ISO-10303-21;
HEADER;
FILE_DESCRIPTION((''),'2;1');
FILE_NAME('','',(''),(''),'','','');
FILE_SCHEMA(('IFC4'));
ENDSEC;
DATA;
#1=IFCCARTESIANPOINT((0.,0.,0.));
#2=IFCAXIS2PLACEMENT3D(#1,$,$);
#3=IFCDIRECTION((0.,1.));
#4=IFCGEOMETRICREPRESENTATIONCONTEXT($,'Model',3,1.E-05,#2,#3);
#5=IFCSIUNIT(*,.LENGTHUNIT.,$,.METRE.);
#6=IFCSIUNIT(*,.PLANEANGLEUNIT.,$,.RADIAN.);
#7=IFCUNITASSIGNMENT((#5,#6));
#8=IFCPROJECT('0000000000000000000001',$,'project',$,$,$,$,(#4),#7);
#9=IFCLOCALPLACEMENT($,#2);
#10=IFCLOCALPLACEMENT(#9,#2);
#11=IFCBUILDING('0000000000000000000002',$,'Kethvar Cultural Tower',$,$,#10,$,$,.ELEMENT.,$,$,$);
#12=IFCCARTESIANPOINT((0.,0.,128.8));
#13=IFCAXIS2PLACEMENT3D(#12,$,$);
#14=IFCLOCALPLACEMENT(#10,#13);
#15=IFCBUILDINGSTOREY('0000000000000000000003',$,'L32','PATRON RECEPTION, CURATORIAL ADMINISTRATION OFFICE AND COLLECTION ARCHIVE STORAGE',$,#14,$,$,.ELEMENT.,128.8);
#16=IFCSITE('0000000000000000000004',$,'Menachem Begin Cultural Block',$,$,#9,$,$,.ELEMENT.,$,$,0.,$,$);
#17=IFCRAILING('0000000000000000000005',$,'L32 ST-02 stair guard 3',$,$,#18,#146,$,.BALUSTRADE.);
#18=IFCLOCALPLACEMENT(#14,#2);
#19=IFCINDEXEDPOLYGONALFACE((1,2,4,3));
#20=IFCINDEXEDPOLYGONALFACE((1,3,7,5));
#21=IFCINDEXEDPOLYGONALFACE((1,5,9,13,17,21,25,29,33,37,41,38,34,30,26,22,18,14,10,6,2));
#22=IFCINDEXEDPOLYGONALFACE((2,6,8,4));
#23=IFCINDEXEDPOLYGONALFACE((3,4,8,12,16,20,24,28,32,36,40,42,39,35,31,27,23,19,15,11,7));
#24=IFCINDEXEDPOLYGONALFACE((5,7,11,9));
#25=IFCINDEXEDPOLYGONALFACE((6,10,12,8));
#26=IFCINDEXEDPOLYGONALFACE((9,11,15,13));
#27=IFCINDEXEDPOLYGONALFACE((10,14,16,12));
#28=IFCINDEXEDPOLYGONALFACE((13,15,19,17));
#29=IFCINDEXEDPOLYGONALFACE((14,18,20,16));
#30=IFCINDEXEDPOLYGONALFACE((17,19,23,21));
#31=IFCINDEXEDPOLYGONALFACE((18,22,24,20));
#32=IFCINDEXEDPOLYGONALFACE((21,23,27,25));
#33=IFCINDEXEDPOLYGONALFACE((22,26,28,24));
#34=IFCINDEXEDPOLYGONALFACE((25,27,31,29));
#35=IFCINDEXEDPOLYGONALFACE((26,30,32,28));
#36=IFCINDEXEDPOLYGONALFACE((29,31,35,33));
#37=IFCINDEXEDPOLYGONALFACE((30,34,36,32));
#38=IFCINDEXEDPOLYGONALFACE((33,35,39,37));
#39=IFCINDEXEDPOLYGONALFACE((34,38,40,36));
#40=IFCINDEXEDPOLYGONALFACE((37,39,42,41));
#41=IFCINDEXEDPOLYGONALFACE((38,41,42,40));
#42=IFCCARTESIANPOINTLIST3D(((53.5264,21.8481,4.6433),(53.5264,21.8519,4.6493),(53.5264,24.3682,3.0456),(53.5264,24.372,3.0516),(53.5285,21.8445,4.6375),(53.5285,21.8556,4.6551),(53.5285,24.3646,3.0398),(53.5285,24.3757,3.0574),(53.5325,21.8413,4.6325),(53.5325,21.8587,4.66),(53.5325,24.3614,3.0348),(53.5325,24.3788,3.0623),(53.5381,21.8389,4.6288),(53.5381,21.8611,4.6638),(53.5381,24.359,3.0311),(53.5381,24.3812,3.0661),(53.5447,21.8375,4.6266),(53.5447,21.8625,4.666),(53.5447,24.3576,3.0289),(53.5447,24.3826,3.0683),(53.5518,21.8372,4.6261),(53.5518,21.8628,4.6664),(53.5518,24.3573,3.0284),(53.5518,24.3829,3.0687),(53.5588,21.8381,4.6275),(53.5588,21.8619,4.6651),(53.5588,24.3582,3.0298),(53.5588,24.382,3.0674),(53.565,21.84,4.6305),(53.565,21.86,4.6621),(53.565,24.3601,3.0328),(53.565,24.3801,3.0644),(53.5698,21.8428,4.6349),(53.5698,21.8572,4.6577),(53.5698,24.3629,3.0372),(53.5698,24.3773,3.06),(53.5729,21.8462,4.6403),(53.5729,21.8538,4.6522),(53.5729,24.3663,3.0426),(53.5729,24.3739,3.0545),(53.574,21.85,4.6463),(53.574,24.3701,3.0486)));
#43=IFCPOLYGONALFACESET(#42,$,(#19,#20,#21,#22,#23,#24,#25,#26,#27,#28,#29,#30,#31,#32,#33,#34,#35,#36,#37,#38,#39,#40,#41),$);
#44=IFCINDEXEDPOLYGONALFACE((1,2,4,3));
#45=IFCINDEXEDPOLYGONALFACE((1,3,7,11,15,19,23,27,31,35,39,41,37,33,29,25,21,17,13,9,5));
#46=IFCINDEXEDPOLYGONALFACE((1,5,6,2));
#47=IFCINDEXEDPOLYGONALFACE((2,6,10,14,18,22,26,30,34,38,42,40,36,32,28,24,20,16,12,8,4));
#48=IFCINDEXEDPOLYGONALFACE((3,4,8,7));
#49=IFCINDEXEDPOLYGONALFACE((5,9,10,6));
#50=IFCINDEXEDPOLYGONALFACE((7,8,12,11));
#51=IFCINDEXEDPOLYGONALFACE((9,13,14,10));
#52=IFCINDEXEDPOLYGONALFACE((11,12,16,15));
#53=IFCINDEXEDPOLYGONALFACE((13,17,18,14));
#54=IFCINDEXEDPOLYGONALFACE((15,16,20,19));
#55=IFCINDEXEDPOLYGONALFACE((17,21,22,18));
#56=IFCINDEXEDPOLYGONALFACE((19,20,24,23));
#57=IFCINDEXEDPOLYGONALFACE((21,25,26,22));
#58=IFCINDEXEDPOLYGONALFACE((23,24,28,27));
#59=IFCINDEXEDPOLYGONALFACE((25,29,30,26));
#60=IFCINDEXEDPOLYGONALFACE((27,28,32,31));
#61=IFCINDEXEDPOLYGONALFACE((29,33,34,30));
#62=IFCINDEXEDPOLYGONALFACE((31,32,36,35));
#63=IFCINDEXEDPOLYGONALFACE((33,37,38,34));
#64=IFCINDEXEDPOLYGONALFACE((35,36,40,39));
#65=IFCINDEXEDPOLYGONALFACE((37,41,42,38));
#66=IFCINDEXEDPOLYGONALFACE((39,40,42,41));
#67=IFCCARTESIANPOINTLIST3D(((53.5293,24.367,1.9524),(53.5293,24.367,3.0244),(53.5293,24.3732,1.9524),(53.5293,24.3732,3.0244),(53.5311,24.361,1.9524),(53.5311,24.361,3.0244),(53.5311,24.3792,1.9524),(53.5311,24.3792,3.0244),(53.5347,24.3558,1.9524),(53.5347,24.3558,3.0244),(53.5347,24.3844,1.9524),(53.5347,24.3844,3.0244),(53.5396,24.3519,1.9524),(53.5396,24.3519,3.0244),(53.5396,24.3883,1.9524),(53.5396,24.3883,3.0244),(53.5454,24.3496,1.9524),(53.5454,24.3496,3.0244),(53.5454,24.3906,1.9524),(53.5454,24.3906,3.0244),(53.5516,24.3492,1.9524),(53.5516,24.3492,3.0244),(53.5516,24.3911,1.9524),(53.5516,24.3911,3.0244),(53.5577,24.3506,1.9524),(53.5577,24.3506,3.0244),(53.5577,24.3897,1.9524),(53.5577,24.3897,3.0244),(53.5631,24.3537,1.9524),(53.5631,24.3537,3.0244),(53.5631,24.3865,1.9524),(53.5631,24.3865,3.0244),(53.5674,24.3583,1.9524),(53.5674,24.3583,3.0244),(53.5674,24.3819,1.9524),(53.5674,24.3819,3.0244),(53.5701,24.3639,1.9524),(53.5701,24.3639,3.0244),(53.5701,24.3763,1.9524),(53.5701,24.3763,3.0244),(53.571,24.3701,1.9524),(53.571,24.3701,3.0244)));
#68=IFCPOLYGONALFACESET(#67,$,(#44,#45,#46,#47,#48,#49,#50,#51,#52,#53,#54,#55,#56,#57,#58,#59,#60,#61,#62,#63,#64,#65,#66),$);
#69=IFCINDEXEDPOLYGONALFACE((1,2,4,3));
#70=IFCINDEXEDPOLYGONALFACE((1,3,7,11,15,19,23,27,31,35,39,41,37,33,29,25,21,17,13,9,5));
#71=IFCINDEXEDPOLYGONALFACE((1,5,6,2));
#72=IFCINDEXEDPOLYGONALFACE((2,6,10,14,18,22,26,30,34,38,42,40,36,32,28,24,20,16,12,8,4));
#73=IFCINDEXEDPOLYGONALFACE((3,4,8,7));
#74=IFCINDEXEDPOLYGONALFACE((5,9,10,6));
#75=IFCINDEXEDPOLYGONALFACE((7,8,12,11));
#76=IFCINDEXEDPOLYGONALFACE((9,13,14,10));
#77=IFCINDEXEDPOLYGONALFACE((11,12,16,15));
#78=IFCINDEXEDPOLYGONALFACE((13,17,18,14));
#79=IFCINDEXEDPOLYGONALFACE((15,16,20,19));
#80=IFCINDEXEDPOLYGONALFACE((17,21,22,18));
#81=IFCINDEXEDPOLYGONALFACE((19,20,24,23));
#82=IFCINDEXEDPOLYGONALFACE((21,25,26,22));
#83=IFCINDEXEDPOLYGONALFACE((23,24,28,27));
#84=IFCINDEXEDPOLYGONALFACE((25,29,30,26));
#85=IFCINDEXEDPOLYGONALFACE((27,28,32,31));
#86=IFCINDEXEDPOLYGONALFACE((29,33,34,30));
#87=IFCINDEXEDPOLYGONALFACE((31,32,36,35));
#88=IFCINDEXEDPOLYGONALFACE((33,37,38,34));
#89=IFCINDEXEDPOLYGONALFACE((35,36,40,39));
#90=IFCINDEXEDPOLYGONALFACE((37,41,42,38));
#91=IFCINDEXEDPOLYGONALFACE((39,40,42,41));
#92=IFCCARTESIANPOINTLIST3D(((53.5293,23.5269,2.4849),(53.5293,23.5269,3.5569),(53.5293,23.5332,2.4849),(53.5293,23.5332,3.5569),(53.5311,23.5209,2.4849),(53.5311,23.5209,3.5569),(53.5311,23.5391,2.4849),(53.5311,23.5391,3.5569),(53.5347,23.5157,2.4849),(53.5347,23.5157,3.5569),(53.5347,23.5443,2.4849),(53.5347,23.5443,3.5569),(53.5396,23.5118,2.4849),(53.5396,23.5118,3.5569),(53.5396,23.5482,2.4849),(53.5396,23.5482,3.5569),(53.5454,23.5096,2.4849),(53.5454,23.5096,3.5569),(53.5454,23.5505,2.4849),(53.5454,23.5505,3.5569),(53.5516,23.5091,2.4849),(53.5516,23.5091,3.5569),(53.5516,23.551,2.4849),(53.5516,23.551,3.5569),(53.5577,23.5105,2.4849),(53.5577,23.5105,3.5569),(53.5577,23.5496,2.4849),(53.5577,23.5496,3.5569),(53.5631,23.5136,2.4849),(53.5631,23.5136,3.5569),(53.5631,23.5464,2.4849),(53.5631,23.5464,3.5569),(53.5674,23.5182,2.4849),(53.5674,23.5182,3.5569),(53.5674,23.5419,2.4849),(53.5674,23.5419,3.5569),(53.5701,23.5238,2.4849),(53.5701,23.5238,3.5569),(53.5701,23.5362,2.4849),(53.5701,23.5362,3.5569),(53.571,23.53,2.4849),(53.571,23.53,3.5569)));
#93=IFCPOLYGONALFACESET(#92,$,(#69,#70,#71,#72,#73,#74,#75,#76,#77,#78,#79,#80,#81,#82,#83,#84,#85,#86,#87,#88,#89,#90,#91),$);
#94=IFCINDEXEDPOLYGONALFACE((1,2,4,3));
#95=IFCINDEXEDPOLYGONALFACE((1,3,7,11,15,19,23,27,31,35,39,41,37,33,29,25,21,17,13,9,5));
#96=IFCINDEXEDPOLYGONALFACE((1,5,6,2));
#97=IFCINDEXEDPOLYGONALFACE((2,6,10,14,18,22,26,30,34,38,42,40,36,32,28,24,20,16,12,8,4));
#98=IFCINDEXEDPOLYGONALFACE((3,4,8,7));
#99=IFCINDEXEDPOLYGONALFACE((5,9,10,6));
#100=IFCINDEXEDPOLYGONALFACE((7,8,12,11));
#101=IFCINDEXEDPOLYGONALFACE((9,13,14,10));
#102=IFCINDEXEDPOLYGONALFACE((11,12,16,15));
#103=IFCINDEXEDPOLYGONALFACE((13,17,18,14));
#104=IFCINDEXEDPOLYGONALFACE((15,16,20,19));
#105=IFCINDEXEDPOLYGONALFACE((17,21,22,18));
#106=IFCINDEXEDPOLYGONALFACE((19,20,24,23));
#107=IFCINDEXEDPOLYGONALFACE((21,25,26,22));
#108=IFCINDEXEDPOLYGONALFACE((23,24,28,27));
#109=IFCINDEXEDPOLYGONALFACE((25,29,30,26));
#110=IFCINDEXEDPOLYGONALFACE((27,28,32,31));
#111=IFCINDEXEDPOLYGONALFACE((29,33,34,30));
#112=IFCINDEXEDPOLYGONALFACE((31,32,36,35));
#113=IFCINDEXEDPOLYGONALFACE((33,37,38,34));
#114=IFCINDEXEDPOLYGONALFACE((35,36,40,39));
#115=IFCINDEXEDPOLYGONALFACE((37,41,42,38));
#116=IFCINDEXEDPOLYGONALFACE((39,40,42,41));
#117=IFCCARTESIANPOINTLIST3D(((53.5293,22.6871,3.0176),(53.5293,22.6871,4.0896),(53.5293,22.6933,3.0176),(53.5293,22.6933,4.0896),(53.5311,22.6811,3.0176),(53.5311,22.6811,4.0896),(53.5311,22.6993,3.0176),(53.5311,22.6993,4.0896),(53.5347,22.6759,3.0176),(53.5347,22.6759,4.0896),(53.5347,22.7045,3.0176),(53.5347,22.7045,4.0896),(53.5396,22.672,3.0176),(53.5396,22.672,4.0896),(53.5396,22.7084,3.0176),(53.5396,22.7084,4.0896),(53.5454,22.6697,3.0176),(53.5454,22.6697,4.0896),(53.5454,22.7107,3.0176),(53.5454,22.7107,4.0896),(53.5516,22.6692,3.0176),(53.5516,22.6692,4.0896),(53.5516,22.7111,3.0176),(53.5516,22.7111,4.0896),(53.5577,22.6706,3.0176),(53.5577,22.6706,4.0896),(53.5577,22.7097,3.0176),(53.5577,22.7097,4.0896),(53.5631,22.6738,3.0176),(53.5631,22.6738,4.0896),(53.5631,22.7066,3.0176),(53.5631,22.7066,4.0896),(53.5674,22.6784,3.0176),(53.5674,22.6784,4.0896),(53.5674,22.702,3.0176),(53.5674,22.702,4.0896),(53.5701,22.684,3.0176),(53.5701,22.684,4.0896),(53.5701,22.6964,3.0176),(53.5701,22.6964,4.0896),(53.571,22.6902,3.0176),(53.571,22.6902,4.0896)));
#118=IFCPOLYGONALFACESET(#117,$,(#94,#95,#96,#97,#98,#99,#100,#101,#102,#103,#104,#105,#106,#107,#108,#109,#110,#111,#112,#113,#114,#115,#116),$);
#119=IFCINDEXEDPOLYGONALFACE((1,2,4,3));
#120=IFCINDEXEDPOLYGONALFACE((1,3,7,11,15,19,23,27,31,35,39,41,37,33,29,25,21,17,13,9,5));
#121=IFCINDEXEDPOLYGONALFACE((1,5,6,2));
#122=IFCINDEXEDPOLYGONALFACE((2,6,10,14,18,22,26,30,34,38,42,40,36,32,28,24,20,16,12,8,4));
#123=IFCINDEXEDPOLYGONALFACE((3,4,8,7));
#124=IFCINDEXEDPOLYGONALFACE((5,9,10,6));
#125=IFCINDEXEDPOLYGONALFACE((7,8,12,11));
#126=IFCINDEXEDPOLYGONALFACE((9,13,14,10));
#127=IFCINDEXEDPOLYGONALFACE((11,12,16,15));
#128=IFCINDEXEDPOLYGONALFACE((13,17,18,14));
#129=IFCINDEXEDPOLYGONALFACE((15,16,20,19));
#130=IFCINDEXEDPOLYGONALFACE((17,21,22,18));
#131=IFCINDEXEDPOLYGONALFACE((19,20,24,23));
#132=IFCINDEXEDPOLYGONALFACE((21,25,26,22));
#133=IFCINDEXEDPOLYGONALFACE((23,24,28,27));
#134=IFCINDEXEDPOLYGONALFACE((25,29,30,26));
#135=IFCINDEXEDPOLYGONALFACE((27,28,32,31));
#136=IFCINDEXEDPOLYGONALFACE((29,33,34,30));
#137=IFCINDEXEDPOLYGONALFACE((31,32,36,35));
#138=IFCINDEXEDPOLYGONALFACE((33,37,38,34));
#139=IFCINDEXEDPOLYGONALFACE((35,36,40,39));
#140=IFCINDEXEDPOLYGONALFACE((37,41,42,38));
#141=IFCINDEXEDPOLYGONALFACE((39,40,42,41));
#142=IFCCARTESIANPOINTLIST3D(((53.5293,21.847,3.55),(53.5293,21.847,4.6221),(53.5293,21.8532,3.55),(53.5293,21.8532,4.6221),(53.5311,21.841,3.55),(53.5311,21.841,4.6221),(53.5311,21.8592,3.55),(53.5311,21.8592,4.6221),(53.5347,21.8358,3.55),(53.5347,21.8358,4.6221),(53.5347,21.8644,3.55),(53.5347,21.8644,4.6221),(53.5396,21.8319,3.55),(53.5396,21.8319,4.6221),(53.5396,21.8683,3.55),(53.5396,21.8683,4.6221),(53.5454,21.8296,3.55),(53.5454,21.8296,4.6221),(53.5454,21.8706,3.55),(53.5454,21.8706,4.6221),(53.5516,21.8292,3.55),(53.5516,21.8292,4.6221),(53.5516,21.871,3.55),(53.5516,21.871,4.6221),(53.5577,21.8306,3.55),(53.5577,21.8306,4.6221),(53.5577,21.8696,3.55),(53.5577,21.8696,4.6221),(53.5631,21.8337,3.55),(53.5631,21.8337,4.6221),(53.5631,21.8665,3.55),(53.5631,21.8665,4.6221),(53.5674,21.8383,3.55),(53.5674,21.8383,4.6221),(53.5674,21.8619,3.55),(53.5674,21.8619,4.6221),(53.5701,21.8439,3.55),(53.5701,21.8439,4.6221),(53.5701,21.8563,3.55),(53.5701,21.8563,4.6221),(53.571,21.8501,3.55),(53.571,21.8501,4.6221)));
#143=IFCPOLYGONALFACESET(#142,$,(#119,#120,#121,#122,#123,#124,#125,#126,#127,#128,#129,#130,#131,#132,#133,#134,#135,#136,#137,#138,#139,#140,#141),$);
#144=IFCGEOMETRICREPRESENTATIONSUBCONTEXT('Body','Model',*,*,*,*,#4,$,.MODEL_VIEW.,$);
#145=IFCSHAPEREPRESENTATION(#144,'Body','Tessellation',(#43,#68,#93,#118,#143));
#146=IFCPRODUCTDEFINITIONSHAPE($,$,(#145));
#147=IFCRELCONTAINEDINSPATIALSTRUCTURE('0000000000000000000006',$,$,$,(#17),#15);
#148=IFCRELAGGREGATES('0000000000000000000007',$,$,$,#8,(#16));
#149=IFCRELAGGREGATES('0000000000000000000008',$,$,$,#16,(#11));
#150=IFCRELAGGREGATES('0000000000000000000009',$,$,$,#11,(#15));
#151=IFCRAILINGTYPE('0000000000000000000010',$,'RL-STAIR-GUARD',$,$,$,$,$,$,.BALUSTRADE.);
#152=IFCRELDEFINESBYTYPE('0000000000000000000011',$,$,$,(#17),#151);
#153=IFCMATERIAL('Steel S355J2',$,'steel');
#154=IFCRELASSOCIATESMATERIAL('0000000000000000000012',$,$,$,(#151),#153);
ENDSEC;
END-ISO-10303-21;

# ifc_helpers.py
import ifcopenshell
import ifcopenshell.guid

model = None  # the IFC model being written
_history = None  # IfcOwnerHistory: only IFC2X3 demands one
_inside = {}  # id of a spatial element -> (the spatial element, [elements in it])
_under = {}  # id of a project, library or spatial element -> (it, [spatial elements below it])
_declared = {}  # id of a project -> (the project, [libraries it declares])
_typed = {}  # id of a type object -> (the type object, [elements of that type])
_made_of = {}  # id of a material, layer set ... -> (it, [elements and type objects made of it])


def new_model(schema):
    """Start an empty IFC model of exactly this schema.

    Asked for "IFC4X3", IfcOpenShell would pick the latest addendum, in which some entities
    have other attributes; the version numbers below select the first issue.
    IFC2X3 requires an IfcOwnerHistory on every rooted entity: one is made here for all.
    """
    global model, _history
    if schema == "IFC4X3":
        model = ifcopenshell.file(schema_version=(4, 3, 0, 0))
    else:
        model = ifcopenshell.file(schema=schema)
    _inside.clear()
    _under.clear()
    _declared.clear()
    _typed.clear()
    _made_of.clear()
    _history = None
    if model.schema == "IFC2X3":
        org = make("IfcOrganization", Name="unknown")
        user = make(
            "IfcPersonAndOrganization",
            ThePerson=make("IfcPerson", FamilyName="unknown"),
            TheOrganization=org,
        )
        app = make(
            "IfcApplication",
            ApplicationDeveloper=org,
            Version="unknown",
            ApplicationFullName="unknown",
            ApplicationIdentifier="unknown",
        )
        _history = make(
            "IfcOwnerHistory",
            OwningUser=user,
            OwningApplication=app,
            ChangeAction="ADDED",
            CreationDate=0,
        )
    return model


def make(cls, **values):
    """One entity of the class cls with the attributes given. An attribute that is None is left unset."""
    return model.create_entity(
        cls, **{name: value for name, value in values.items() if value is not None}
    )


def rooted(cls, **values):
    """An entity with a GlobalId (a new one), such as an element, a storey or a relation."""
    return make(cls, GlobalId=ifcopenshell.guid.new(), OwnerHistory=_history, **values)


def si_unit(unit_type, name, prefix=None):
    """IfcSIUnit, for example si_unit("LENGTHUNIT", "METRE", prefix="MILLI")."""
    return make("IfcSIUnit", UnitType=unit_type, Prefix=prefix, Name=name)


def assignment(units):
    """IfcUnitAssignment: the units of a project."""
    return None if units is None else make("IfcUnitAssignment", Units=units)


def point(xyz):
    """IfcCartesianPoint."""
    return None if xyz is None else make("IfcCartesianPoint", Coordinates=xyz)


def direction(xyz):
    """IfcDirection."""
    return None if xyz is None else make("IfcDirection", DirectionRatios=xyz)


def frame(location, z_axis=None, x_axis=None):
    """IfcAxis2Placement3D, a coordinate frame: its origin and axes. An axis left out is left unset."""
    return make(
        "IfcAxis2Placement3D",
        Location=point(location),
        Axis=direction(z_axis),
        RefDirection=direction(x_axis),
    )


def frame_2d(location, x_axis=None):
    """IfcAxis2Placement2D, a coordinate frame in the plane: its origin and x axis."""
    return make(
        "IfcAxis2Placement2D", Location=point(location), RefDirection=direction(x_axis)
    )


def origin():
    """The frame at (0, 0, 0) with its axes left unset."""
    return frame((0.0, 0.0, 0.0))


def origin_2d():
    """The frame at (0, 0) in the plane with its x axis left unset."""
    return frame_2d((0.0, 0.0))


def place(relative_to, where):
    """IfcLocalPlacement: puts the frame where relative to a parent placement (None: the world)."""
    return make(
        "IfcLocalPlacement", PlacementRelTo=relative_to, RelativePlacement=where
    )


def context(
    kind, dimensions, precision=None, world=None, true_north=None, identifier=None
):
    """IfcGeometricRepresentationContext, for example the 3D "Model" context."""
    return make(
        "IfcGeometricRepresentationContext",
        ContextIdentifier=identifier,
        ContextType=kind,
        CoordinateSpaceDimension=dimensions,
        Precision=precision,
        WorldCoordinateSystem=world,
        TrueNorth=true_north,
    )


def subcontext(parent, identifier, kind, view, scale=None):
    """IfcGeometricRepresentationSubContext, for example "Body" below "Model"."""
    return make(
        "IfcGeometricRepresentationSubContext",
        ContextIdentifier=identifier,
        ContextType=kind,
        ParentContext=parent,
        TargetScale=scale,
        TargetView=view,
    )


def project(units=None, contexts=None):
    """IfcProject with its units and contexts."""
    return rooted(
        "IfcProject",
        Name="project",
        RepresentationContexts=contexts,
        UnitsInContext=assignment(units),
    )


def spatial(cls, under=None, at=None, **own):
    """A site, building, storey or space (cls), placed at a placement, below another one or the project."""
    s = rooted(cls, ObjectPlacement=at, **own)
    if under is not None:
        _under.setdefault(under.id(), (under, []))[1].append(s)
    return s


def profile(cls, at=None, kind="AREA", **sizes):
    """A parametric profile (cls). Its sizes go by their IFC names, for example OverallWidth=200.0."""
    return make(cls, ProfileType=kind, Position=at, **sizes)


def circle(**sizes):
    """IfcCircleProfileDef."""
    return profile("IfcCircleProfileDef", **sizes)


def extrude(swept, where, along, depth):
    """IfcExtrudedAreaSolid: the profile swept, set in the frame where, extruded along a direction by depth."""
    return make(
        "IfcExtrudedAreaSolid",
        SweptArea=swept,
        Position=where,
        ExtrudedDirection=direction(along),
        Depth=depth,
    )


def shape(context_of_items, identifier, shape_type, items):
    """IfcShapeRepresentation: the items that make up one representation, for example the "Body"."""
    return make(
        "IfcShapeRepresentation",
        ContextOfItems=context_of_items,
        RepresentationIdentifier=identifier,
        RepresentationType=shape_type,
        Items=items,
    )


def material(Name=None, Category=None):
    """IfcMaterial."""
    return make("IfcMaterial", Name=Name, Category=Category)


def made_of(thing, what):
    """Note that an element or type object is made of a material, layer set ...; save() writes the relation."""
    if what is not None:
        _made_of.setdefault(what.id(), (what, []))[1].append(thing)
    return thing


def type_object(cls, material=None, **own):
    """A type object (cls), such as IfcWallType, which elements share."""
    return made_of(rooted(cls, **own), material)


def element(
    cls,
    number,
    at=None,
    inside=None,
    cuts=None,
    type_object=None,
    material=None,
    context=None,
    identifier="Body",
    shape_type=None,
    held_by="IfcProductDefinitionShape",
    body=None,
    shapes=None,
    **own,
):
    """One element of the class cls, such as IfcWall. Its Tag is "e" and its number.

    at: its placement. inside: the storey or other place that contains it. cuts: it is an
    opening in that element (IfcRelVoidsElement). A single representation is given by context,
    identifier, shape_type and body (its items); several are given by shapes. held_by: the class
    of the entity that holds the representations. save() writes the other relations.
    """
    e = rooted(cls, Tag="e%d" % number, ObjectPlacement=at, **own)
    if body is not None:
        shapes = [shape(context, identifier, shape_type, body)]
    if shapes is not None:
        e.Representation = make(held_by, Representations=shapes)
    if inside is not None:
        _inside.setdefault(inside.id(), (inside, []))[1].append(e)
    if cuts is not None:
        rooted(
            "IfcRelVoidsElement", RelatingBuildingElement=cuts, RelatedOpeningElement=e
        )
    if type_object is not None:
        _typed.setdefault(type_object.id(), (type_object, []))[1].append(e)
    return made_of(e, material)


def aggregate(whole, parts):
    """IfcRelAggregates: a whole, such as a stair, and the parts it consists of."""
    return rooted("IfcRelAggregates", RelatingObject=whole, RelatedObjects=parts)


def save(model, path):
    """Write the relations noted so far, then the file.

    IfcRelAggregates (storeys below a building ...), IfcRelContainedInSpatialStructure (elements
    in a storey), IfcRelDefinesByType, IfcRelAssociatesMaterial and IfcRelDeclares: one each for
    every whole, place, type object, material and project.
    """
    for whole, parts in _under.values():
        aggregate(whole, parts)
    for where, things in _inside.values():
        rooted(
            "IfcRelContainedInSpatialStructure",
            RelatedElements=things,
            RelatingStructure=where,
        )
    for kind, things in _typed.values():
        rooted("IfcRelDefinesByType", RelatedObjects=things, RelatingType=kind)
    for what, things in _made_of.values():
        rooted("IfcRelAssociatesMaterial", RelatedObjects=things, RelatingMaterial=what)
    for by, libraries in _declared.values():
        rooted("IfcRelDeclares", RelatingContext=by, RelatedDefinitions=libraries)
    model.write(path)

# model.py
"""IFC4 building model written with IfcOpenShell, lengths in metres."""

from ifc_helpers import new_model, si_unit, direction, frame, origin, origin_2d, place, context, subcontext, project, spatial, circle, extrude, material, type_object, element, save


model = new_model("IFC4")

# Units and contexts
model_context = context("Model", 3, precision=1e-05, world=origin(), true_north=direction((0.0, 1.0)))
body_context = subcontext(model_context, "Body", "Model", "MODEL_VIEW")
ifc_project = project(units=[si_unit("LENGTHUNIT", "METRE"), si_unit("PLANEANGLEUNIT", "RADIAN")], contexts=[model_context])

# Site, building, storey
site_placement = place(None, origin())
site = spatial("IfcSite", under=ifc_project, at=site_placement, Name="Menachem Begin Cultural Block", CompositionType="ELEMENT", RefElevation=0.0)
building_placement = place(site_placement, origin())
building = spatial("IfcBuilding", under=site, at=building_placement, Name="Kethvar Cultural Tower", CompositionType="ELEMENT")
storey_placement = place(building_placement, frame((0.0, 0.0, 128.8)))
storey = spatial("IfcBuildingStorey", under=building, at=storey_placement, Name="L32", Description="PATRON RECEPTION, CURATORIAL ADMINISTRATION OFFICE AND COLLECTION ARCHIVE STORAGE", CompositionType="ELEMENT", Elevation=128.8)

# Shared definitions
ifc_material_1 = material(Name="Steel S355J2", Category="steel")

# Railing
railing_type_1 = type_object("IfcRailingType", Name="RL-STAIR-GUARD", PredefinedType="BALUSTRADE", material=ifc_material_1)
railing_1_placement = place(storey_placement, frame((53.55, 24.3701, 1.9524)))
element("IfcRailing", 1, at=railing_1_placement, inside=storey, type_object=railing_type_1, Name="L32 ST-02 stair guard 3", PredefinedType="BALUSTRADE", context=body_context, shape_type="SweptSolid", body=[
    extrude(circle(Radius=0.0239, at=origin_2d()), frame((0.0, 0.0, 1.0962), z_axis=(0.0, -0.84457, 0.535445), x_axis=(1.0, 0.0, 0.0)), (0.0, 0.0, 1.0), 2.9839),
    extrude(circle(Radius=0.021, at=origin_2d()), origin(), (0.0, 0.0, 1.0), 1.072),
    extrude(circle(Radius=0.021, at=origin_2d()), frame((0.0, -0.8401, 0.5325)), (0.0, 0.0, 1.0), 1.072),
    extrude(circle(Radius=0.021, at=origin_2d()), frame((0.0, -1.6799, 1.0652)), (0.0, 0.0, 1.0), 1.072),
    extrude(circle(Radius=0.021, at=origin_2d()), frame((0.0, -2.52, 1.5977)), (0.0, 0.0, 1.0), 1.072),
])

save(model, "model.ifc")
